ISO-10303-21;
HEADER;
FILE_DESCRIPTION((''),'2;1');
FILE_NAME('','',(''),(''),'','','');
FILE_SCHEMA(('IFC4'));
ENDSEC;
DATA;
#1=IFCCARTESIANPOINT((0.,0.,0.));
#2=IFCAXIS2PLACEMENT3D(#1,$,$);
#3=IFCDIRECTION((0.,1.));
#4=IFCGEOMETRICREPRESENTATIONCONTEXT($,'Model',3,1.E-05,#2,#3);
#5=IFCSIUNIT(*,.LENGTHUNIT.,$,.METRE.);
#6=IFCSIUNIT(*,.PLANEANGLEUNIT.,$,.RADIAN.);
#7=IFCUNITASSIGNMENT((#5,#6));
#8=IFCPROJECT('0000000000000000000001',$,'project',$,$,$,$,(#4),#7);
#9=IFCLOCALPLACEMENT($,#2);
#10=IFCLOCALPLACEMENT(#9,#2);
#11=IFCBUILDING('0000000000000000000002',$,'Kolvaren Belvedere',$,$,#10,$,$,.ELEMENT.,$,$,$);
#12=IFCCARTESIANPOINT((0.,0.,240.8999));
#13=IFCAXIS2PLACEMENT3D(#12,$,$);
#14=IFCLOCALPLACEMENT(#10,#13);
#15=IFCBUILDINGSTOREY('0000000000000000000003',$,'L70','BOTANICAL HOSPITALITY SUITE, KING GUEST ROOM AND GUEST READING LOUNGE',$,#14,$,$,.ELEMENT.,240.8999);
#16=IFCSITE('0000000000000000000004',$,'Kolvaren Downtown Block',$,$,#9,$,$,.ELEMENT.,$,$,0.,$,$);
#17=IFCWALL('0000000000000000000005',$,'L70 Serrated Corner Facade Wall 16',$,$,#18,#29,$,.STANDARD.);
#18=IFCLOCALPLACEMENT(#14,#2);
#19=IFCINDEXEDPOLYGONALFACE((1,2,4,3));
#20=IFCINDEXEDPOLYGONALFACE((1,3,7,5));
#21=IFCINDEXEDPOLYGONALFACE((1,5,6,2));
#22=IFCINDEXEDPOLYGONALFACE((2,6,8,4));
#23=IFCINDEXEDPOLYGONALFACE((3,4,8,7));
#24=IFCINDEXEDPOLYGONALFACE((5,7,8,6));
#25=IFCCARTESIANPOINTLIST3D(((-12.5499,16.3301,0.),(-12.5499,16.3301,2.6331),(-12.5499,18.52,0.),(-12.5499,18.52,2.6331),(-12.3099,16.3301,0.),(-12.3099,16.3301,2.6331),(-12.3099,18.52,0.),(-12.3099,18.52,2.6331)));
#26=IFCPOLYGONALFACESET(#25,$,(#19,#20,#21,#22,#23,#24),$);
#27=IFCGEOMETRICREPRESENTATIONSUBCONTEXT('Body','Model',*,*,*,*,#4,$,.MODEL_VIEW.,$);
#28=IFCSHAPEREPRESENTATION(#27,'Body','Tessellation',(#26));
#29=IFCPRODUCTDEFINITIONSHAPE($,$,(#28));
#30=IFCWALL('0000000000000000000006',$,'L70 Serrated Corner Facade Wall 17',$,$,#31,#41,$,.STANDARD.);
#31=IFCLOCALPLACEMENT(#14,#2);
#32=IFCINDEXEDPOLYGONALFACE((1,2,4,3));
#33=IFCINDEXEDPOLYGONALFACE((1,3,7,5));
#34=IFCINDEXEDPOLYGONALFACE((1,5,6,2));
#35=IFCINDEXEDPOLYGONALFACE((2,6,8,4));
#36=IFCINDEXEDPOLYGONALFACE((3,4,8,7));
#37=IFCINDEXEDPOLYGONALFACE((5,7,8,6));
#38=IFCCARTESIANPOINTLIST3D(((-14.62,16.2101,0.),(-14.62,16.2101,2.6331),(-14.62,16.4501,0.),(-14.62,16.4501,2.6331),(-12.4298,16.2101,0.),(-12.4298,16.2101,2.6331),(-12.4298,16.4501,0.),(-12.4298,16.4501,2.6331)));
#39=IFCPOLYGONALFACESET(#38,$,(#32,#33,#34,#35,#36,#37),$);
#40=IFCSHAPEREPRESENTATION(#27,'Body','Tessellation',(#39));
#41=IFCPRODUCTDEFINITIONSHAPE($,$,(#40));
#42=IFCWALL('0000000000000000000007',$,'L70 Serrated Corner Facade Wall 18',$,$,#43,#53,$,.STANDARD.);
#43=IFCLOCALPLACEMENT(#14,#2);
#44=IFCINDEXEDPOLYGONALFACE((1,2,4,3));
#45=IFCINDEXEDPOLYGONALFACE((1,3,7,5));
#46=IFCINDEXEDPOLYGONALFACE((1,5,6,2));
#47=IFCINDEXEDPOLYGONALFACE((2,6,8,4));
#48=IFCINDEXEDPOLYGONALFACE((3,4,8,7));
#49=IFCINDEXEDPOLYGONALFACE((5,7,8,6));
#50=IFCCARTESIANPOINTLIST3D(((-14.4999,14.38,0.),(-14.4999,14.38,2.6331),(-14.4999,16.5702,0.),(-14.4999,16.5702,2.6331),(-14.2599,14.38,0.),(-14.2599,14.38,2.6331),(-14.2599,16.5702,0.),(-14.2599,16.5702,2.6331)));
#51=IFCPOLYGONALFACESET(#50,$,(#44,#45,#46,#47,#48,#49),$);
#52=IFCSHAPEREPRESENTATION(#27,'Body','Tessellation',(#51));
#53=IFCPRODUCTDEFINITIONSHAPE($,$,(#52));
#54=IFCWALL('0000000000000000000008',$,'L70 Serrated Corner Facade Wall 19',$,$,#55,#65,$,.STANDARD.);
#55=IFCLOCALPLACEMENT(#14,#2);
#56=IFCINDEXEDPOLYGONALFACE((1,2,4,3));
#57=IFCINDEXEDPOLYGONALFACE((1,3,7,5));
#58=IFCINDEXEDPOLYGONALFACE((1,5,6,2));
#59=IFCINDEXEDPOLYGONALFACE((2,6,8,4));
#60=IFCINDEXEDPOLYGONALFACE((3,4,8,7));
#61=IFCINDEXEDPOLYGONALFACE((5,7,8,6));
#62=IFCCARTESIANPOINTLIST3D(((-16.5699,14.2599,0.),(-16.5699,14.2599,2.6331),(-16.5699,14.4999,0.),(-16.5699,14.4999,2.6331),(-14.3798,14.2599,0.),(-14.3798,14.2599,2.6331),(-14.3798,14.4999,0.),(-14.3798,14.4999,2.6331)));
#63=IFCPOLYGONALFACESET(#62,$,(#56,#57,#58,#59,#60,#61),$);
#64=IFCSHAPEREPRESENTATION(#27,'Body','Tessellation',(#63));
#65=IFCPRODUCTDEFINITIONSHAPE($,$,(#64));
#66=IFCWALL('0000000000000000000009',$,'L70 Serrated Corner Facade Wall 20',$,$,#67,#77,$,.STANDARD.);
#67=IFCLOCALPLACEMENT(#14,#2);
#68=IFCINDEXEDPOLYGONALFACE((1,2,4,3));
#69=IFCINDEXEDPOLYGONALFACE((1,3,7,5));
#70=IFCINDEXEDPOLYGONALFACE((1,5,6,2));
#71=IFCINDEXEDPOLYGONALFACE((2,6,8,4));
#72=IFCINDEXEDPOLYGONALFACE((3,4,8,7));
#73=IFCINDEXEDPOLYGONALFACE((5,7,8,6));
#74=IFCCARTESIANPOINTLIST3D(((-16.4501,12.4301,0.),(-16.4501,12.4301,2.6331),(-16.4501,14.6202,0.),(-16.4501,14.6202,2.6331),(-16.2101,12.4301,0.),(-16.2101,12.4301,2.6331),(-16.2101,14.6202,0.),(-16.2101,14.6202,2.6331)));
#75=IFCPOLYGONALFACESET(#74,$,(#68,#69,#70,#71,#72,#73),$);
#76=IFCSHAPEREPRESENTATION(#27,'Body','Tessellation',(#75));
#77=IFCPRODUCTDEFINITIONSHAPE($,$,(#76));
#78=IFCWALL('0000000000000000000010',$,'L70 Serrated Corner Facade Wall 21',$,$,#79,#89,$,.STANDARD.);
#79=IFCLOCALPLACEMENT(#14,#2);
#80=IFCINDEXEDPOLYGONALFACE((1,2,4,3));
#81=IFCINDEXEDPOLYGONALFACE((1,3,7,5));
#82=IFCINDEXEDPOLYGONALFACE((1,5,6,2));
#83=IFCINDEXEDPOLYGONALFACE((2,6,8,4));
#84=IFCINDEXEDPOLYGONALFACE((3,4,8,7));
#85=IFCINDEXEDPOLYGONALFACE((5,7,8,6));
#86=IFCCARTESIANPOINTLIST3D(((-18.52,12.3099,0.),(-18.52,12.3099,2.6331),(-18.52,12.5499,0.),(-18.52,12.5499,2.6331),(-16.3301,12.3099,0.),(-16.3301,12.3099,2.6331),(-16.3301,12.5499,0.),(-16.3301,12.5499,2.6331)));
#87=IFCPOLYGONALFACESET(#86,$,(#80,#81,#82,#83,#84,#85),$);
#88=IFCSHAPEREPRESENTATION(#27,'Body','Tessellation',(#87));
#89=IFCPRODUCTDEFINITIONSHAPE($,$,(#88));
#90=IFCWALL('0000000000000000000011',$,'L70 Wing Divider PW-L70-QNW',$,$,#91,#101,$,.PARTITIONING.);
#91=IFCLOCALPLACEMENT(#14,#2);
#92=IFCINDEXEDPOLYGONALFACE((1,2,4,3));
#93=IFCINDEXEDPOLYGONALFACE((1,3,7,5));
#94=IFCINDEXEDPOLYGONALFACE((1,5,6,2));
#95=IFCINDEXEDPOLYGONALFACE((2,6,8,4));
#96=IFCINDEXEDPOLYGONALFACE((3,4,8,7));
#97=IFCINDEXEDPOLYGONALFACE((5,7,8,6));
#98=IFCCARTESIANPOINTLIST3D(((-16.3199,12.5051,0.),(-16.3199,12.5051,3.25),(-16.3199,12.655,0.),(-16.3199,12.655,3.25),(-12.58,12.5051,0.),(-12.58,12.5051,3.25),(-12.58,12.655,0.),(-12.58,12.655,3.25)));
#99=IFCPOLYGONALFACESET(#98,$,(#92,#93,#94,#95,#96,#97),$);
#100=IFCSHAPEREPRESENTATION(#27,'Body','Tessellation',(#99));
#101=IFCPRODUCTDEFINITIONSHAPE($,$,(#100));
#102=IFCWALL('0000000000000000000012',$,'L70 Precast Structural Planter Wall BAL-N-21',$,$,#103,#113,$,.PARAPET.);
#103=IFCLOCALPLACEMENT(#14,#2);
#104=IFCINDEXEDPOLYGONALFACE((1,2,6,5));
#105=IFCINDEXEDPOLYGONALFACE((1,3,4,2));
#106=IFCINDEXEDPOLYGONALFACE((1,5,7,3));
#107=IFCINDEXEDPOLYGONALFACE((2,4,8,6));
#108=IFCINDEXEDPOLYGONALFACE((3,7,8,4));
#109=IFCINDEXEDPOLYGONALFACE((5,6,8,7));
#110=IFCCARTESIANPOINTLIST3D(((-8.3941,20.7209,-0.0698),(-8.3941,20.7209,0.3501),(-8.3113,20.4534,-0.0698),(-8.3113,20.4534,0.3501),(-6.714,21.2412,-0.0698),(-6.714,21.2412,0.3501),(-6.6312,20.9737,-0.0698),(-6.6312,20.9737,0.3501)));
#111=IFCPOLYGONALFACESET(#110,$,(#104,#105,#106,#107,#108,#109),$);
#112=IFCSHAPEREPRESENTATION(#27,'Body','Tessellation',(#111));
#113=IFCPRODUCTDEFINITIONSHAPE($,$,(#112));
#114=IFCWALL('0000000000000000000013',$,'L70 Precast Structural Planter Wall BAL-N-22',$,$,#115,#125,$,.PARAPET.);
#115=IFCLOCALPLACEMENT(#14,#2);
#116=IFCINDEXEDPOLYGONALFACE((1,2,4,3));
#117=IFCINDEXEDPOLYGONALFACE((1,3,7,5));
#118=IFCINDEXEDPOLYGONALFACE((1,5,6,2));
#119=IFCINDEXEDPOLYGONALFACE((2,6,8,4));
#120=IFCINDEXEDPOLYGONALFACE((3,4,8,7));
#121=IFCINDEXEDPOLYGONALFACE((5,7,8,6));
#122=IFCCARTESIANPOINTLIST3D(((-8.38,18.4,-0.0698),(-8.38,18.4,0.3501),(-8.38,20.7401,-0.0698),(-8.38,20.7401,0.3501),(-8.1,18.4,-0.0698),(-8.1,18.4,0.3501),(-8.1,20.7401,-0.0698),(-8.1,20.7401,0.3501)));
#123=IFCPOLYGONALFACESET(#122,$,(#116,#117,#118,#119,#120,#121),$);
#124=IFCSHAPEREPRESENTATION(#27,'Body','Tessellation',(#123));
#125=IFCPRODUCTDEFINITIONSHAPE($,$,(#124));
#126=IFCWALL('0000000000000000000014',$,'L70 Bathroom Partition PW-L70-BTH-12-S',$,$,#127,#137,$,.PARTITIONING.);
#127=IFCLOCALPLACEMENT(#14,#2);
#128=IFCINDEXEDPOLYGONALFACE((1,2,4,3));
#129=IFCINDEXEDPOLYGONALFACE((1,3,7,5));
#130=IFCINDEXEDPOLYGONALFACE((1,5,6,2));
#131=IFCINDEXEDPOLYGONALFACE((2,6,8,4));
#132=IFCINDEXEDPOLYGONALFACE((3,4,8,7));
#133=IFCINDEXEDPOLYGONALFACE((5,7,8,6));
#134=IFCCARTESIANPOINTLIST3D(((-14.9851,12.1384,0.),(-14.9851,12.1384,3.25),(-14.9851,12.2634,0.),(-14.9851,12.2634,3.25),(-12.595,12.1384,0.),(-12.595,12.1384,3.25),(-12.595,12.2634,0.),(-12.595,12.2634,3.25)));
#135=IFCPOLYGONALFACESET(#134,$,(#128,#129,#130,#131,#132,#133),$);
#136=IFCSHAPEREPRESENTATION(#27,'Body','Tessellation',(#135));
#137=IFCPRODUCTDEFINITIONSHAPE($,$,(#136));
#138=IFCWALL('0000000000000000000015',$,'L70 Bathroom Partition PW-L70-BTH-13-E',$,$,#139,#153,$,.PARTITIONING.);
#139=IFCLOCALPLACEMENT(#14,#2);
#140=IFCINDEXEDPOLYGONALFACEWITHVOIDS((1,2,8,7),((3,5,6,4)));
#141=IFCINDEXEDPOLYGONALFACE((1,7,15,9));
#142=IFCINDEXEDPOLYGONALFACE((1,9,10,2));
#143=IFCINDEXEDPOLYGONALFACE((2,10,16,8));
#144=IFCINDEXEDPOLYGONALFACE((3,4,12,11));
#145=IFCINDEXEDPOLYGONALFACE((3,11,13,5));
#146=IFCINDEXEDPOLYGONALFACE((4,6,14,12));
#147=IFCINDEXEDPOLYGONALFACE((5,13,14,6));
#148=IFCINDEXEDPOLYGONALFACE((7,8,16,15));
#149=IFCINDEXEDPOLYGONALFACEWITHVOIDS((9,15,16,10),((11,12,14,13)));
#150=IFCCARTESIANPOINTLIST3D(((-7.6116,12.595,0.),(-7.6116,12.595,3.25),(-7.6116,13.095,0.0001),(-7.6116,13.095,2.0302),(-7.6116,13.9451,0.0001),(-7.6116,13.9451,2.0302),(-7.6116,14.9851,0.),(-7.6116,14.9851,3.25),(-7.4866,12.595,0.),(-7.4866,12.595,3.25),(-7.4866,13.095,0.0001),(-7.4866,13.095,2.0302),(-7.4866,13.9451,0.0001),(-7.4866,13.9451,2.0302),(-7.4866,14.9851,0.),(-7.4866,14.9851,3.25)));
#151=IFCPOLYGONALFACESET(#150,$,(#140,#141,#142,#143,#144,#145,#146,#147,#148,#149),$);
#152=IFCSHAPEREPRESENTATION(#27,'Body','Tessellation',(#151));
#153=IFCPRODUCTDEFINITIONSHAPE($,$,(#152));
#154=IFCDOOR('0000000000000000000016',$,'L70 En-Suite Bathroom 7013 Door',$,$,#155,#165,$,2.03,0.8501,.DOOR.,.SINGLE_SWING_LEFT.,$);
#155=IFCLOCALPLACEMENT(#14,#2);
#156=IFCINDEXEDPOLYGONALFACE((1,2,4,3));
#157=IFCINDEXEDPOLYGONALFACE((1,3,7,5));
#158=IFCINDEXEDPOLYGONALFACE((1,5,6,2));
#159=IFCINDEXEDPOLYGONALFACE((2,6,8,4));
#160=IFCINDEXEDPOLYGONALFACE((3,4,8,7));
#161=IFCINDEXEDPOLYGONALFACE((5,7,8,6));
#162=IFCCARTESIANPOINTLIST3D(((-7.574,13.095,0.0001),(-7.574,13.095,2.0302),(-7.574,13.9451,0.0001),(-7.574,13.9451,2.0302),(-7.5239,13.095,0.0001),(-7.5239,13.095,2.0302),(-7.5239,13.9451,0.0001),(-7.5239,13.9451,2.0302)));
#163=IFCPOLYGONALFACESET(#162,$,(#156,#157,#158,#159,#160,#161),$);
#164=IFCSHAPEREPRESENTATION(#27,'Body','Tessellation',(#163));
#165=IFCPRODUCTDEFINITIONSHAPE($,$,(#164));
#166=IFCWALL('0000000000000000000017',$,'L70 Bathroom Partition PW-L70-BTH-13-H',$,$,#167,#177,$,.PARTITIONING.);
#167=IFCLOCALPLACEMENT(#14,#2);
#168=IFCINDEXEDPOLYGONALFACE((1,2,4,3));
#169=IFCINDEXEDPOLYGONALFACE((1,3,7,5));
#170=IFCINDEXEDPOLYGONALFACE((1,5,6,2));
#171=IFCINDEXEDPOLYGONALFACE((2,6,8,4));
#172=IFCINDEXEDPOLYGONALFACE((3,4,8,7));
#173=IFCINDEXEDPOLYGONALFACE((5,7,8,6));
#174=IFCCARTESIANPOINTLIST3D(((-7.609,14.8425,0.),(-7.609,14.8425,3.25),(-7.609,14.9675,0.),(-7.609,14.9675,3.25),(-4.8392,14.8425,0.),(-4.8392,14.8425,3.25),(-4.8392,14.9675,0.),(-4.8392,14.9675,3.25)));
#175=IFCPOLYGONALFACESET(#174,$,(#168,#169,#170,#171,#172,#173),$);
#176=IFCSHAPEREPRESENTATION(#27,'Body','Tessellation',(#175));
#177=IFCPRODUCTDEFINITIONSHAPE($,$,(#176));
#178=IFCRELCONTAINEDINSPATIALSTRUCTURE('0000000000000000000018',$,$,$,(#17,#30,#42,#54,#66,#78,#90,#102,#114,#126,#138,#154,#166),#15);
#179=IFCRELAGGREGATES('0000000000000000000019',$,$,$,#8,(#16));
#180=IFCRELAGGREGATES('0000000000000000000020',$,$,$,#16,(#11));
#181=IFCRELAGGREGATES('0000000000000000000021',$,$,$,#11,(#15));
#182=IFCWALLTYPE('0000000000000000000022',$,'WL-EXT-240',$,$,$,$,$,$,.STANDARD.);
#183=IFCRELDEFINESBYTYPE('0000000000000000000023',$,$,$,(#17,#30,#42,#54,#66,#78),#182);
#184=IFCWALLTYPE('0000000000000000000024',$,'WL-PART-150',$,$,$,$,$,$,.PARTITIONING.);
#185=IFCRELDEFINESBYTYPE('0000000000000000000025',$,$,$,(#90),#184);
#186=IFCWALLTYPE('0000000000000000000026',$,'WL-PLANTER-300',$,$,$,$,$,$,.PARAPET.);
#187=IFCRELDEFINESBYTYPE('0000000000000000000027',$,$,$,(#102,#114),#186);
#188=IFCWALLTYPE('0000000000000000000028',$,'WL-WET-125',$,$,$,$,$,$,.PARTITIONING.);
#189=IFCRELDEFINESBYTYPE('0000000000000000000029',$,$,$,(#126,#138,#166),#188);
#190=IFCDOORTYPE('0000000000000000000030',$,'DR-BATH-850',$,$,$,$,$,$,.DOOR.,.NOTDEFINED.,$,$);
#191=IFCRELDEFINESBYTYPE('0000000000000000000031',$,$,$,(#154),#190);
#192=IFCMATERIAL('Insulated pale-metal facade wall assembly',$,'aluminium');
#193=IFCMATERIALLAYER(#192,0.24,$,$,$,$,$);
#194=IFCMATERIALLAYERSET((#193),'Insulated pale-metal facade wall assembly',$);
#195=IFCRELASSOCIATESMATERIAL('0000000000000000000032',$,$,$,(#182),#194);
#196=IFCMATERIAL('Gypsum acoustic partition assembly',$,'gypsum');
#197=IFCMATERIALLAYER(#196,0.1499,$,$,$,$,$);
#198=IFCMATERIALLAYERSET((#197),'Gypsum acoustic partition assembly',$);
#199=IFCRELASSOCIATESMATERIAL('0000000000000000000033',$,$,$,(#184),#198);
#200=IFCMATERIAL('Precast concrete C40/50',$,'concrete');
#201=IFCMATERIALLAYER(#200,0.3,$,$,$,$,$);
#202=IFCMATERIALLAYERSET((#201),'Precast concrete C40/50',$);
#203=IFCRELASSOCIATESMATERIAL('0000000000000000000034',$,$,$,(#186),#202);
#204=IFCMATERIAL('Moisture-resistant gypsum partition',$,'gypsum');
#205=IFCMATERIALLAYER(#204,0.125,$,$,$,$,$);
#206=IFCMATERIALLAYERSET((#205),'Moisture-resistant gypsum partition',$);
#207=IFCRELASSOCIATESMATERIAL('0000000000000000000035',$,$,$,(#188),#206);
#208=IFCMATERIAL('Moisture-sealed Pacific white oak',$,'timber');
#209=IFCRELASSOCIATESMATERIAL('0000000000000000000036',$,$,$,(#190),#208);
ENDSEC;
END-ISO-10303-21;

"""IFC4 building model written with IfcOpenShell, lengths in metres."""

from ifc_helpers import new_model, si_unit, direction, frame, frame_2d, origin, place, context, subcontext, project, spatial, rectangle, extrude, material, layer, layer_set, type_object, element, fill, save


model = new_model("IFC4")

# Units and contexts
model_context = context("Model", 3, precision=1e-05, world=origin(), true_north=direction((0.0, 1.0)))
body_context = subcontext(model_context, "Body", "Model", "MODEL_VIEW")
ifc_project = project(units=[si_unit("LENGTHUNIT", "METRE"), si_unit("PLANEANGLEUNIT", "RADIAN")], contexts=[model_context])

# Site, building, storey
site_placement = place(None, origin())
site = spatial("IfcSite", under=ifc_project, at=site_placement, Name="Kolvaren Downtown Block", CompositionType="ELEMENT", RefElevation=0.0)
building_placement = place(site_placement, origin())
building = spatial("IfcBuilding", under=site, at=building_placement, Name="Kolvaren Belvedere", CompositionType="ELEMENT")
storey_placement = place(building_placement, frame((0.0, 0.0, 240.8999)))
storey = spatial("IfcBuildingStorey", under=building, at=storey_placement, Name="L70", Description="BOTANICAL HOSPITALITY SUITE, KING GUEST ROOM AND GUEST READING LOUNGE", CompositionType="ELEMENT", Elevation=240.8999)

# Walls
ifc_material_1 = material(Name="Insulated pale-metal facade wall assembly", Category="aluminium")
ifc_layer_1 = layer(ifc_material_1, 0.24)
ifc_layer_set_1 = layer_set([ifc_layer_1], Name="Insulated pale-metal facade wall assembly")
wall_type_1 = type_object("IfcWallType", Name="WL-EXT-240", PredefinedType="STANDARD", material=ifc_layer_set_1)
wall_1_placement = place(storey_placement, frame((-12.4299, 16.3301, 0.0), z_axis=(0.0, 0.0, 1.0), x_axis=(0.0, 1.0, 0.0)))
element("IfcWall", 1, at=wall_1_placement, inside=storey, type_object=wall_type_1, Name="L70 Serrated Corner Facade Wall 16", PredefinedType="STANDARD", context=body_context, shape_type="SweptSolid", body=[
    extrude(rectangle(XDim=2.1899, YDim=0.24, at=frame_2d((1.095, 0.0))), origin(), (0.0, 0.0, 1.0), 2.6331),
])
for number, where, z_axis, x_axis, name in (
    (2, (-14.6201, 16.3301, 0.0), (0.0, 0.0, 1.0), (1.0, 0.0, 0.0), "L70 Serrated Corner Facade Wall 17"),
    (3, (-14.3799, 14.3799, 0.0), (0.0, 0.0, 1.0), (0.0, 1.0, 0.0), "L70 Serrated Corner Facade Wall 18"),
    (4, (-16.5701, 14.3799, 0.0), (0.0, 0.0, 1.0), (1.0, 0.0, 0.0), "L70 Serrated Corner Facade Wall 19"),
    (5, (-16.3301, 12.4299, 0.0), (0.0, 0.0, 1.0), (0.0, 1.0, 0.0), "L70 Serrated Corner Facade Wall 20"),
):
    element("IfcWall", number, at=place(storey_placement, frame(where, z_axis=z_axis, x_axis=x_axis)), inside=storey, type_object=wall_type_1, Name=name, PredefinedType="STANDARD", context=body_context, shape_type="SweptSolid", body=[
        extrude(rectangle(XDim=2.1902, YDim=0.24, at=frame_2d((1.0952, 0.0))), origin(), (0.0, 0.0, 1.0), 2.6331),
    ])
wall_2_placement = place(storey_placement, frame((-18.52, 12.4299, 0.0), z_axis=(0.0, 0.0, 1.0), x_axis=(1.0, 0.0, 0.0)))
element("IfcWall", 6, at=wall_2_placement, inside=storey, type_object=wall_type_1, Name="L70 Serrated Corner Facade Wall 21", PredefinedType="STANDARD", context=body_context, shape_type="SweptSolid", body=[
    extrude(rectangle(XDim=2.1899, YDim=0.24, at=frame_2d((1.095, 0.0))), origin(), (0.0, 0.0, 1.0), 2.6331),
])
ifc_material_2 = material(Name="Gypsum acoustic partition assembly", Category="gypsum")
ifc_layer_2 = layer(ifc_material_2, 0.1499)
ifc_layer_set_2 = layer_set([ifc_layer_2], Name="Gypsum acoustic partition assembly")
wall_type_2 = type_object("IfcWallType", Name="WL-PART-150", PredefinedType="PARTITIONING", material=ifc_layer_set_2)
wall_3_placement = place(storey_placement, frame((-16.3201, 12.5801, 0.0), z_axis=(0.0, 0.0, 1.0), x_axis=(1.0, 0.0, 0.0)))
element("IfcWall", 7, at=wall_3_placement, inside=storey, type_object=wall_type_2, Name="L70 Wing Divider PW-L70-QNW", PredefinedType="PARTITIONING", context=body_context, shape_type="SweptSolid", body=[
    extrude(rectangle(XDim=3.74, YDim=0.1499, at=frame_2d((1.8701, 0.0))), origin(), (0.0, 0.0, 1.0), 3.25),
])
ifc_material_3 = material(Name="Precast concrete C40/50", Category="concrete")
ifc_layer_3 = layer(ifc_material_3, 0.3)
ifc_layer_set_3 = layer_set([ifc_layer_3], Name="Precast concrete C40/50")
wall_type_3 = type_object("IfcWallType", Name="WL-PLANTER-300", PredefinedType="PARAPET", material=ifc_layer_set_3)
wall_4_placement = place(storey_placement, frame((-6.6726, 21.1074, -0.0698), z_axis=(0.0, 0.0, 1.0), x_axis=(-0.955252, -0.295792, 0.0)))
element("IfcWall", 8, at=wall_4_placement, inside=storey, type_object=wall_type_3, Name="L70 Precast Structural Planter Wall BAL-N-21", PredefinedType="PARAPET", context=body_context, shape_type="SweptSolid", body=[
    extrude(rectangle(XDim=1.7588, YDim=0.28, at=frame_2d((0.8794, 0.0))), origin(), (0.0, 0.0, 1.0), 0.4199),
])
wall_5_placement = place(storey_placement, frame((-8.24, 20.74, -0.0698), z_axis=(0.0, 0.0, 1.0), x_axis=(0.0, -1.0, 0.0)))
element("IfcWall", 9, at=wall_5_placement, inside=storey, type_object=wall_type_3, Name="L70 Precast Structural Planter Wall BAL-N-22", PredefinedType="PARAPET", context=body_context, shape_type="SweptSolid", body=[
    extrude(rectangle(XDim=2.3401, YDim=0.28, at=frame_2d((1.1699, 0.0))), origin(), (0.0, 0.0, 1.0), 0.4199),
])
ifc_material_4 = material(Name="Moisture-resistant gypsum partition", Category="gypsum")
ifc_layer_4 = layer(ifc_material_4, 0.125)
ifc_layer_set_4 = layer_set([ifc_layer_4], Name="Moisture-resistant gypsum partition")
wall_type_4 = type_object("IfcWallType", Name="WL-WET-125", PredefinedType="PARTITIONING", material=ifc_layer_set_4)
wall_6_placement = place(storey_placement, frame((-14.9851, 12.2009, 0.0), z_axis=(0.0, 0.0, 1.0), x_axis=(1.0, 0.0, 0.0)))
element("IfcWall", 10, at=wall_6_placement, inside=storey, type_object=wall_type_4, Name="L70 Bathroom Partition PW-L70-BTH-12-S", PredefinedType="PARTITIONING", context=body_context, shape_type="SweptSolid", body=[
    extrude(rectangle(XDim=2.3901, YDim=0.125, at=frame_2d((1.1951, 0.0))), origin(), (0.0, 0.0, 1.0), 3.25),
])

# Wall, opening, door
wall_7_placement = place(storey_placement, frame((-7.5491, 12.595, 0.0), z_axis=(0.0, 0.0, 1.0), x_axis=(0.0, 1.0, 0.0)))
wall_7 = element("IfcWall", 11, at=wall_7_placement, inside=storey, type_object=wall_type_4, Name="L70 Bathroom Partition PW-L70-BTH-13-E", PredefinedType="PARTITIONING", context=body_context, shape_type="SweptSolid", body=[
    extrude(rectangle(XDim=2.3901, YDim=0.125, at=frame_2d((1.1951, 0.0))), origin(), (0.0, 0.0, 1.0), 3.25),
])
opening_1_placement = place(wall_7_placement, frame((0.5, 0.0, 0.0)))
opening_1 = element("IfcOpeningElement", 12, at=opening_1_placement, cuts=wall_7, PredefinedType="OPENING", context=body_context, shape_type="SweptSolid", body=[
    extrude(rectangle(XDim=0.8501, YDim=2.03, at=frame_2d((0.425, 1.0151))), frame((0.0, 0.0725, 0.0), z_axis=(0.0, -1.0, 0.0), x_axis=(1.0, 0.0, 0.0)), (0.0, 0.0, 1.0), 0.145),
])
ifc_material_5 = material(Name="Moisture-sealed Pacific white oak", Category="timber")
door_type_1 = type_object("IfcDoorType", Name="DR-BATH-850", OperationType="NOTDEFINED", PredefinedType="DOOR", material=ifc_material_5)
door_1_placement = place(opening_1_placement, origin())
door_1 = element("IfcDoor", 13, at=door_1_placement, inside=storey, type_object=door_type_1, Name="L70 En-Suite Bathroom 7013 Door", OperationType="SINGLE_SWING_LEFT", OverallHeight=2.03, OverallWidth=0.8501, PredefinedType="DOOR", context=body_context, shape_type="SweptSolid", body=[
    extrude(rectangle(XDim=0.8501, YDim=2.03, at=frame_2d((0.425, 1.0151))), frame((0.0, 0.0249, 0.0), z_axis=(0.0, -1.0, 0.0), x_axis=(1.0, 0.0, 0.0)), (0.0, 0.0, 1.0), 0.05),
])
fill(opening_1, door_1)

# Wall
wall_8_placement = place(storey_placement, frame((-7.6089, 14.905, 0.0), z_axis=(0.0, 0.0, 1.0), x_axis=(1.0, 0.0, 0.0)))
element("IfcWall", 14, at=wall_8_placement, inside=storey, type_object=wall_type_4, Name="L70 Bathroom Partition PW-L70-BTH-13-H", PredefinedType="PARTITIONING", context=body_context, shape_type="SweptSolid", body=[
    extrude(rectangle(XDim=2.7698, YDim=0.125, at=frame_2d((1.3848, 0.0))), origin(), (0.0, 0.0, 1.0), 3.25),
])

save(model, "model.ifc")
